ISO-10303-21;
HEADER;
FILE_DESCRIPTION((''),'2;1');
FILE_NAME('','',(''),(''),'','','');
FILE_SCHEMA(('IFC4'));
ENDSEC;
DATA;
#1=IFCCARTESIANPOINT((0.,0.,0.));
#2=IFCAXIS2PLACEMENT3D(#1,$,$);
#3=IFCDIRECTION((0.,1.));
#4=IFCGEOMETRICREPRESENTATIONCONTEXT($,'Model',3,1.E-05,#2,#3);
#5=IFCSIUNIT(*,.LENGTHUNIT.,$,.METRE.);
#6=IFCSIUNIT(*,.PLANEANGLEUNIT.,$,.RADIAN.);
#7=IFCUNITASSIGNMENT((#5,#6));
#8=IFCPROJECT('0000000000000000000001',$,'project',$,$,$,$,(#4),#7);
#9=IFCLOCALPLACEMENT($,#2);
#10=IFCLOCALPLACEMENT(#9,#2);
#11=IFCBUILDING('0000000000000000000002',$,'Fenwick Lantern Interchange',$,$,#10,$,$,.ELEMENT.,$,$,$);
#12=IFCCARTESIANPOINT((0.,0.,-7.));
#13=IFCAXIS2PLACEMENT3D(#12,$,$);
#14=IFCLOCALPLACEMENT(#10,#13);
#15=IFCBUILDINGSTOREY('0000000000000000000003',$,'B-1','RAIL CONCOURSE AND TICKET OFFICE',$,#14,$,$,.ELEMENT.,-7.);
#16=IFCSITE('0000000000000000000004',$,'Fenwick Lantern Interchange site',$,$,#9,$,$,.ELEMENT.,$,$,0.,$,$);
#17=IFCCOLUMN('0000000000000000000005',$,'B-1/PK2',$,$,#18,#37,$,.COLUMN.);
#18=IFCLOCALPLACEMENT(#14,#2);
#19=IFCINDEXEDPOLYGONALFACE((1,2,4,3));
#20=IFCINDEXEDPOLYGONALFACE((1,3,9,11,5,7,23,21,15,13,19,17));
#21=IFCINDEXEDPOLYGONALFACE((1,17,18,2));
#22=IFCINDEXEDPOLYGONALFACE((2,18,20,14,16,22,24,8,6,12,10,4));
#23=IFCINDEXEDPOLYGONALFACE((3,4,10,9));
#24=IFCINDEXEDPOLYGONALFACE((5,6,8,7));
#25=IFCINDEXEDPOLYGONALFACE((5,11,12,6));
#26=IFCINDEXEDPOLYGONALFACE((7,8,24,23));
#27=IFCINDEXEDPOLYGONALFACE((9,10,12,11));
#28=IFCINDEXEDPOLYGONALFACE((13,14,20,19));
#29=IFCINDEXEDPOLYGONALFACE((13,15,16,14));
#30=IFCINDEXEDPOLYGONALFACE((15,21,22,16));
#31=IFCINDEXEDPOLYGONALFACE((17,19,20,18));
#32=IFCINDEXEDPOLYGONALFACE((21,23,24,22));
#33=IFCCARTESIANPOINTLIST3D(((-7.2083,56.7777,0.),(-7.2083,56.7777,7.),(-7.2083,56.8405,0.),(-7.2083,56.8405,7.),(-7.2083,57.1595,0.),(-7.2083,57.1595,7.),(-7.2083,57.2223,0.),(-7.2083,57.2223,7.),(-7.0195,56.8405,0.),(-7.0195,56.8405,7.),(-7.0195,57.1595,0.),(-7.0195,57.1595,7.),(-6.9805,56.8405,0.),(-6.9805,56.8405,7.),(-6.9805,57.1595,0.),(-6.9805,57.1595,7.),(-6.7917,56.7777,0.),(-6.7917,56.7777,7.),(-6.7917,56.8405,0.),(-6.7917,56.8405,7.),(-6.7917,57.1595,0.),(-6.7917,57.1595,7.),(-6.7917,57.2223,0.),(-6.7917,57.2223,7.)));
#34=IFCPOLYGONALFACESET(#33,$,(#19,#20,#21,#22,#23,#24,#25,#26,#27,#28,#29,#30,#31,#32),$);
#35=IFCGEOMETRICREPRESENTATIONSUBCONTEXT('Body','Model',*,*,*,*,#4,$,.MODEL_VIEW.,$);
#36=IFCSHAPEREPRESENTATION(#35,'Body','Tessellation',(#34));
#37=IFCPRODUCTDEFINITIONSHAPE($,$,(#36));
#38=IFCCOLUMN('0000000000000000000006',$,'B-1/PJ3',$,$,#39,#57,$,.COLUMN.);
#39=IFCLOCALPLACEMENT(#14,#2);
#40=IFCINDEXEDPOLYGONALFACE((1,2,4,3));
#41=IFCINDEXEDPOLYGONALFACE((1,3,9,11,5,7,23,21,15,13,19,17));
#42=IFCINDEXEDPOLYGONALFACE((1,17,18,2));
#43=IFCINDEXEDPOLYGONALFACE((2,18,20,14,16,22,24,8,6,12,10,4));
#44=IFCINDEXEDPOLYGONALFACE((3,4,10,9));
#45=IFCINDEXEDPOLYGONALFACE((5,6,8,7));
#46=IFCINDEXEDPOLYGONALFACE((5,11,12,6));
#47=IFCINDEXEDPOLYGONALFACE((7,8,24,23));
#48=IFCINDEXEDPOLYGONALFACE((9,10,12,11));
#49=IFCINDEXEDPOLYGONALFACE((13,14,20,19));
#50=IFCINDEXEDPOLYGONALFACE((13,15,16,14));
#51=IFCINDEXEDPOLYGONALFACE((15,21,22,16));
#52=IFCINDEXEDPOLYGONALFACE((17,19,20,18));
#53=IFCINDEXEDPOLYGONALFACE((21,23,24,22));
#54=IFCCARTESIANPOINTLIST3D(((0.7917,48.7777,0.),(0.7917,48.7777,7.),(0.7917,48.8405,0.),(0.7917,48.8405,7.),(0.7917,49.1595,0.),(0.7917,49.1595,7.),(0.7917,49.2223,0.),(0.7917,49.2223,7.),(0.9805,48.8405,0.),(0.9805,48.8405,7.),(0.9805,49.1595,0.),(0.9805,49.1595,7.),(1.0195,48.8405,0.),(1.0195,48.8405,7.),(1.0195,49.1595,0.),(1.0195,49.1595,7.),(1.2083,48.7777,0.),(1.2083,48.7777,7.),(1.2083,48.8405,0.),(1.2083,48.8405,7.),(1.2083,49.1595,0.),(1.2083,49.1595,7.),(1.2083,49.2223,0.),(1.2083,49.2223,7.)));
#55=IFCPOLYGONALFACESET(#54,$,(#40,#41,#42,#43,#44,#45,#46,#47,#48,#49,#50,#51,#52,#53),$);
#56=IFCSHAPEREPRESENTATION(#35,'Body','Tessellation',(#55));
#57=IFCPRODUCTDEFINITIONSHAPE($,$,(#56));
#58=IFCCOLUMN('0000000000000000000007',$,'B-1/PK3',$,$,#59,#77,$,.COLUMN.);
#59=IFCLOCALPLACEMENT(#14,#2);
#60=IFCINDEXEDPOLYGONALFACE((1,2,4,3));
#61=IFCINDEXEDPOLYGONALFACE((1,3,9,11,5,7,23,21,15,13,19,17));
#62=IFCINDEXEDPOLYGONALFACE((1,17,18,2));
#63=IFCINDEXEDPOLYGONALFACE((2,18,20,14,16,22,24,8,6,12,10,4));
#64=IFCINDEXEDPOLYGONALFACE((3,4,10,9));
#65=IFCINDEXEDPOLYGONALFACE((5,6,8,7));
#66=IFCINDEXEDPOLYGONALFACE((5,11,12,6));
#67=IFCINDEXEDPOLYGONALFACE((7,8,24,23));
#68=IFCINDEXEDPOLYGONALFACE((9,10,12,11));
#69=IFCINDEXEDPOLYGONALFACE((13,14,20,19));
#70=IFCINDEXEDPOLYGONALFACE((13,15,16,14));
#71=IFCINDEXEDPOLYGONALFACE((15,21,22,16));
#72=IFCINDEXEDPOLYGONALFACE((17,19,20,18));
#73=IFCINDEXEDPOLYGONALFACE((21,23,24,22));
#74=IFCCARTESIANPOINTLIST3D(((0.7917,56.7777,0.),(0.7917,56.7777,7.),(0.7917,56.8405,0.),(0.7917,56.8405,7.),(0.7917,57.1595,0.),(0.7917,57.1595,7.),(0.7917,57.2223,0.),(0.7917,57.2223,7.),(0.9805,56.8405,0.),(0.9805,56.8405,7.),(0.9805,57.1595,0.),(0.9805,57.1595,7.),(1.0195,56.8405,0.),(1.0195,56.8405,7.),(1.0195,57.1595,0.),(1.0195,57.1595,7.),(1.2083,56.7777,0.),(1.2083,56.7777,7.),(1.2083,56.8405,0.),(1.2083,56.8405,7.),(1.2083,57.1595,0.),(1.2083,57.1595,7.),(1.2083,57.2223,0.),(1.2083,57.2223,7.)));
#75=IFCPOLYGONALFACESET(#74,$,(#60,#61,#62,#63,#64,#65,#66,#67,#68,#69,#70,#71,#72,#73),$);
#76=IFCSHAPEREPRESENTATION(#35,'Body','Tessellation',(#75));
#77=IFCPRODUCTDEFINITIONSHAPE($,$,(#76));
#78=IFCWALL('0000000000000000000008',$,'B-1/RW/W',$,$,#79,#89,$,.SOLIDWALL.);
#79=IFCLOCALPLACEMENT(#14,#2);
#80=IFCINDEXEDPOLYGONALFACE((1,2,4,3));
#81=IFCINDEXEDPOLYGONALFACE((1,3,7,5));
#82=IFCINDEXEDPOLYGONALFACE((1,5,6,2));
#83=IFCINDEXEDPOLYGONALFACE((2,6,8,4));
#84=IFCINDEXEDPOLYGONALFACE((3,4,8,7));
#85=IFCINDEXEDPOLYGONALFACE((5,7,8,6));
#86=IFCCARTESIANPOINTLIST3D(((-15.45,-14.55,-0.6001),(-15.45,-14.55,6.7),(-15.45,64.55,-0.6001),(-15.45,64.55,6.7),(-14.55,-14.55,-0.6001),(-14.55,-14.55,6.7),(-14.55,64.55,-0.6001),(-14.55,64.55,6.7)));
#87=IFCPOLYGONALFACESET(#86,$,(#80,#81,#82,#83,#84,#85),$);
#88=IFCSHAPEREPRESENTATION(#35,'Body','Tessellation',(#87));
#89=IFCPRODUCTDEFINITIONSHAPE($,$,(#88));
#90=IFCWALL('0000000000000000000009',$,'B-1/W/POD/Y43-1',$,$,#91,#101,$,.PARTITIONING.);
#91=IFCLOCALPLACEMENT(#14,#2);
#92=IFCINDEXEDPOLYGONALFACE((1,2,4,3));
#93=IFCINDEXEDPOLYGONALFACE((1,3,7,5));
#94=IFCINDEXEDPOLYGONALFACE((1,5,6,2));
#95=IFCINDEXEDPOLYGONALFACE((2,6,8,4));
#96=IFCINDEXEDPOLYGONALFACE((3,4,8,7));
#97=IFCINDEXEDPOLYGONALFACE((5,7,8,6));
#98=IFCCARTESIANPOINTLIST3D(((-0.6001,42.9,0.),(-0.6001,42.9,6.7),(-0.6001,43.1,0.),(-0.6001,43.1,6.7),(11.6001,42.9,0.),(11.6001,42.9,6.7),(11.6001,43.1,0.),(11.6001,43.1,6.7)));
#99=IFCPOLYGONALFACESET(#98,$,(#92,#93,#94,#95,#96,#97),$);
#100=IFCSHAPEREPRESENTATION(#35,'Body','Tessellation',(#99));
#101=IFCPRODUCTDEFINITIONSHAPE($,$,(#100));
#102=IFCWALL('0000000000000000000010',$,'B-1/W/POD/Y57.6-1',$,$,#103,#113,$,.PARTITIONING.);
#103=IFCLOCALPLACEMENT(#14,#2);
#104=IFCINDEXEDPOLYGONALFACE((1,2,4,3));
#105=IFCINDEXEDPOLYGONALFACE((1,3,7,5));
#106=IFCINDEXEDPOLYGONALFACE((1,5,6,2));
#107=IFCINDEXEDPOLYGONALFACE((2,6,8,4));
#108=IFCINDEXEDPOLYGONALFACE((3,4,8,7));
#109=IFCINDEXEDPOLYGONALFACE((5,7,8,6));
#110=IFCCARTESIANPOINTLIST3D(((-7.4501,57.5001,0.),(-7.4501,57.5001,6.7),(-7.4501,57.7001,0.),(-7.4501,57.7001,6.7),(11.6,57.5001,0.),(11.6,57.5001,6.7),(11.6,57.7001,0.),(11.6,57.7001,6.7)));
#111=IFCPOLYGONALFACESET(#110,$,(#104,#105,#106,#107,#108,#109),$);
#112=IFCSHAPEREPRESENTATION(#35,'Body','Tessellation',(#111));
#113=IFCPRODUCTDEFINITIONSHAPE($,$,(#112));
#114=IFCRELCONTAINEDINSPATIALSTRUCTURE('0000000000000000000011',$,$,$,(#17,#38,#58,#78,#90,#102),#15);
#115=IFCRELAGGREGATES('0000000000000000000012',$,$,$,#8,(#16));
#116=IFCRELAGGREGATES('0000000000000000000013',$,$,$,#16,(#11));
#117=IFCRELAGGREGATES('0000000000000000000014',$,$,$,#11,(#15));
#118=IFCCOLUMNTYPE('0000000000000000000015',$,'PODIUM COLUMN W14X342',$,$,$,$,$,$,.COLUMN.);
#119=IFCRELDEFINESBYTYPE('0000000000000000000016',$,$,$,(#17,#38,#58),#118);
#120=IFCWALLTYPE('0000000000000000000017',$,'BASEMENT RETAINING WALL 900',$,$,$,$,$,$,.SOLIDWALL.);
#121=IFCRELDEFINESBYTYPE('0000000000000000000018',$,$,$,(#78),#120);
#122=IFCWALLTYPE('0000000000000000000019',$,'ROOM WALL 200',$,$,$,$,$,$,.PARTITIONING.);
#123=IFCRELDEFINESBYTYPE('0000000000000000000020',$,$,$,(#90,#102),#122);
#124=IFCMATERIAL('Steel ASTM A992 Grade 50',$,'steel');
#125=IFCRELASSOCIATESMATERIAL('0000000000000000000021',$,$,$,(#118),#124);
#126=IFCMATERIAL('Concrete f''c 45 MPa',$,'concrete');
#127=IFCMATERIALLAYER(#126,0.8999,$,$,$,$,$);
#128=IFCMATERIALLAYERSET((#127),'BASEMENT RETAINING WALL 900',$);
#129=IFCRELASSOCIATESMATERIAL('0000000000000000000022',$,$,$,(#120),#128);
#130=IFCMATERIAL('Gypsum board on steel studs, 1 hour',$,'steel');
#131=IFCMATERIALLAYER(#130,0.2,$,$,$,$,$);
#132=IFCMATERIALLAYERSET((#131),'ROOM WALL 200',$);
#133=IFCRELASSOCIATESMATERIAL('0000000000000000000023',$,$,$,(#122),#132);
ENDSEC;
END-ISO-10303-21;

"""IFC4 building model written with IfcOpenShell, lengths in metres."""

from ifc_helpers import new_model, si_unit, direction, frame, frame_2d, origin, origin_2d, place, context, subcontext, project, spatial, rectangle, i_section, extrude, material, layer, layer_set, material_profile, profile_set, type_object, element, save


model = new_model("IFC4")

# Units and contexts
model_context = context("Model", 3, precision=1e-05, world=origin(), true_north=direction((0.0, 1.0)))
body_context = subcontext(model_context, "Body", "Model", "MODEL_VIEW")
ifc_project = project(units=[si_unit("LENGTHUNIT", "METRE"), si_unit("PLANEANGLEUNIT", "RADIAN")], contexts=[model_context])

# Site, building, storey
site_placement = place(None, origin())
site = spatial("IfcSite", under=ifc_project, at=site_placement, Name="Fenwick Lantern Interchange site", CompositionType="ELEMENT", RefElevation=0.0)
building_placement = place(site_placement, origin())
building = spatial("IfcBuilding", under=site, at=building_placement, Name="Fenwick Lantern Interchange", CompositionType="ELEMENT")
storey_placement = place(building_placement, frame((0.0, 0.0, -7.0)))
storey = spatial("IfcBuildingStorey", under=building, at=storey_placement, Name="B-1", Description="RAIL CONCOURSE AND TICKET OFFICE", CompositionType="ELEMENT", Elevation=-7.0)

# Shared definitions
ifc_material_1 = material(Name="Concrete f'c 45 MPa", Category="concrete")

# Columns
ifc_material_2 = material(Name="Steel ASTM A992 Grade 50", Category="steel")
ifc_material_profile_1 = material_profile(ifc_material_2, i_section(OverallWidth=0.4165, OverallDepth=0.4446, WebThickness=0.0391, FlangeThickness=0.0627, at=origin_2d()), Name="W14X342")
ifc_profile_set_1 = profile_set([ifc_material_profile_1], Name="Steel ASTM A992 Grade 50")
column_type_1 = type_object("IfcColumnType", Name="PODIUM COLUMN W14X342", PredefinedType="COLUMN", material=ifc_profile_set_1)
for number, where, z_axis, x_axis, name in (
    (1, (-7.0, 57.0, 0.0), (0.0, 0.0, 1.0), (1.0, 0.0, 0.0), "B-1/PK2"),
    (2, (1.0, 49.0, 0.0), (0.0, 0.0, 1.0), (1.0, 0.0, 0.0), "B-1/PJ3"),
    (3, (1.0, 57.0, 0.0), (0.0, 0.0, 1.0), (1.0, 0.0, 0.0), "B-1/PK3"),
):
    element("IfcColumn", number, at=place(storey_placement, frame(where, z_axis=z_axis, x_axis=x_axis)), inside=storey, type_object=column_type_1, Name=name, PredefinedType="COLUMN", context=body_context, shape_type="SweptSolid", body=[
        extrude(i_section(OverallWidth=0.4165, OverallDepth=0.4446, WebThickness=0.0391, FlangeThickness=0.0627, at=origin_2d()), origin(), (0.0, 0.0, 1.0), 7.0),
    ])

# Walls
ifc_layer_1 = layer(ifc_material_1, 0.8999)
ifc_layer_set_1 = layer_set([ifc_layer_1], Name="BASEMENT RETAINING WALL 900")
wall_type_1 = type_object("IfcWallType", Name="BASEMENT RETAINING WALL 900", PredefinedType="SOLIDWALL", material=ifc_layer_set_1)
wall_1_placement = place(storey_placement, frame((-15.0, 64.55, -0.6001), z_axis=(0.0, 0.0, 1.0), x_axis=(0.0, -1.0, 0.0)))
element("IfcWall", 4, at=wall_1_placement, inside=storey, type_object=wall_type_1, Name="B-1/RW/W", PredefinedType="SOLIDWALL", context=body_context, shape_type="SweptSolid", body=[
    extrude(rectangle(XDim=79.1001, YDim=0.8999, at=frame_2d((39.55, 0.0))), origin(), (0.0, 0.0, 1.0), 7.3),
])
ifc_material_3 = material(Name="Gypsum board on steel studs, 1 hour", Category="steel")
ifc_layer_2 = layer(ifc_material_3, 0.2)
ifc_layer_set_2 = layer_set([ifc_layer_2], Name="ROOM WALL 200")
wall_type_2 = type_object("IfcWallType", Name="ROOM WALL 200", PredefinedType="PARTITIONING", material=ifc_layer_set_2)
wall_2_placement = place(storey_placement, frame((-0.6001, 43.0, 0.0), z_axis=(0.0, 0.0, 1.0), x_axis=(1.0, 0.0, 0.0)))
element("IfcWall", 5, at=wall_2_placement, inside=storey, type_object=wall_type_2, Name="B-1/W/POD/Y43-1", PredefinedType="PARTITIONING", context=body_context, shape_type="SweptSolid", body=[
    extrude(rectangle(XDim=12.2002, YDim=0.2, at=frame_2d((6.1001, 0.0))), origin(), (0.0, 0.0, 1.0), 6.7),
])
wall_3_placement = place(storey_placement, frame((-7.45, 57.6001, 0.0), z_axis=(0.0, 0.0, 1.0), x_axis=(1.0, 0.0, 0.0)))
element("IfcWall", 6, at=wall_3_placement, inside=storey, type_object=wall_type_2, Name="B-1/W/POD/Y57.6-1", PredefinedType="PARTITIONING", context=body_context, shape_type="SweptSolid", body=[
    extrude(rectangle(XDim=19.05, YDim=0.2, at=frame_2d((9.5249, 0.0))), origin(), (0.0, 0.0, 1.0), 6.7),
])

save(model, "model.ifc")
